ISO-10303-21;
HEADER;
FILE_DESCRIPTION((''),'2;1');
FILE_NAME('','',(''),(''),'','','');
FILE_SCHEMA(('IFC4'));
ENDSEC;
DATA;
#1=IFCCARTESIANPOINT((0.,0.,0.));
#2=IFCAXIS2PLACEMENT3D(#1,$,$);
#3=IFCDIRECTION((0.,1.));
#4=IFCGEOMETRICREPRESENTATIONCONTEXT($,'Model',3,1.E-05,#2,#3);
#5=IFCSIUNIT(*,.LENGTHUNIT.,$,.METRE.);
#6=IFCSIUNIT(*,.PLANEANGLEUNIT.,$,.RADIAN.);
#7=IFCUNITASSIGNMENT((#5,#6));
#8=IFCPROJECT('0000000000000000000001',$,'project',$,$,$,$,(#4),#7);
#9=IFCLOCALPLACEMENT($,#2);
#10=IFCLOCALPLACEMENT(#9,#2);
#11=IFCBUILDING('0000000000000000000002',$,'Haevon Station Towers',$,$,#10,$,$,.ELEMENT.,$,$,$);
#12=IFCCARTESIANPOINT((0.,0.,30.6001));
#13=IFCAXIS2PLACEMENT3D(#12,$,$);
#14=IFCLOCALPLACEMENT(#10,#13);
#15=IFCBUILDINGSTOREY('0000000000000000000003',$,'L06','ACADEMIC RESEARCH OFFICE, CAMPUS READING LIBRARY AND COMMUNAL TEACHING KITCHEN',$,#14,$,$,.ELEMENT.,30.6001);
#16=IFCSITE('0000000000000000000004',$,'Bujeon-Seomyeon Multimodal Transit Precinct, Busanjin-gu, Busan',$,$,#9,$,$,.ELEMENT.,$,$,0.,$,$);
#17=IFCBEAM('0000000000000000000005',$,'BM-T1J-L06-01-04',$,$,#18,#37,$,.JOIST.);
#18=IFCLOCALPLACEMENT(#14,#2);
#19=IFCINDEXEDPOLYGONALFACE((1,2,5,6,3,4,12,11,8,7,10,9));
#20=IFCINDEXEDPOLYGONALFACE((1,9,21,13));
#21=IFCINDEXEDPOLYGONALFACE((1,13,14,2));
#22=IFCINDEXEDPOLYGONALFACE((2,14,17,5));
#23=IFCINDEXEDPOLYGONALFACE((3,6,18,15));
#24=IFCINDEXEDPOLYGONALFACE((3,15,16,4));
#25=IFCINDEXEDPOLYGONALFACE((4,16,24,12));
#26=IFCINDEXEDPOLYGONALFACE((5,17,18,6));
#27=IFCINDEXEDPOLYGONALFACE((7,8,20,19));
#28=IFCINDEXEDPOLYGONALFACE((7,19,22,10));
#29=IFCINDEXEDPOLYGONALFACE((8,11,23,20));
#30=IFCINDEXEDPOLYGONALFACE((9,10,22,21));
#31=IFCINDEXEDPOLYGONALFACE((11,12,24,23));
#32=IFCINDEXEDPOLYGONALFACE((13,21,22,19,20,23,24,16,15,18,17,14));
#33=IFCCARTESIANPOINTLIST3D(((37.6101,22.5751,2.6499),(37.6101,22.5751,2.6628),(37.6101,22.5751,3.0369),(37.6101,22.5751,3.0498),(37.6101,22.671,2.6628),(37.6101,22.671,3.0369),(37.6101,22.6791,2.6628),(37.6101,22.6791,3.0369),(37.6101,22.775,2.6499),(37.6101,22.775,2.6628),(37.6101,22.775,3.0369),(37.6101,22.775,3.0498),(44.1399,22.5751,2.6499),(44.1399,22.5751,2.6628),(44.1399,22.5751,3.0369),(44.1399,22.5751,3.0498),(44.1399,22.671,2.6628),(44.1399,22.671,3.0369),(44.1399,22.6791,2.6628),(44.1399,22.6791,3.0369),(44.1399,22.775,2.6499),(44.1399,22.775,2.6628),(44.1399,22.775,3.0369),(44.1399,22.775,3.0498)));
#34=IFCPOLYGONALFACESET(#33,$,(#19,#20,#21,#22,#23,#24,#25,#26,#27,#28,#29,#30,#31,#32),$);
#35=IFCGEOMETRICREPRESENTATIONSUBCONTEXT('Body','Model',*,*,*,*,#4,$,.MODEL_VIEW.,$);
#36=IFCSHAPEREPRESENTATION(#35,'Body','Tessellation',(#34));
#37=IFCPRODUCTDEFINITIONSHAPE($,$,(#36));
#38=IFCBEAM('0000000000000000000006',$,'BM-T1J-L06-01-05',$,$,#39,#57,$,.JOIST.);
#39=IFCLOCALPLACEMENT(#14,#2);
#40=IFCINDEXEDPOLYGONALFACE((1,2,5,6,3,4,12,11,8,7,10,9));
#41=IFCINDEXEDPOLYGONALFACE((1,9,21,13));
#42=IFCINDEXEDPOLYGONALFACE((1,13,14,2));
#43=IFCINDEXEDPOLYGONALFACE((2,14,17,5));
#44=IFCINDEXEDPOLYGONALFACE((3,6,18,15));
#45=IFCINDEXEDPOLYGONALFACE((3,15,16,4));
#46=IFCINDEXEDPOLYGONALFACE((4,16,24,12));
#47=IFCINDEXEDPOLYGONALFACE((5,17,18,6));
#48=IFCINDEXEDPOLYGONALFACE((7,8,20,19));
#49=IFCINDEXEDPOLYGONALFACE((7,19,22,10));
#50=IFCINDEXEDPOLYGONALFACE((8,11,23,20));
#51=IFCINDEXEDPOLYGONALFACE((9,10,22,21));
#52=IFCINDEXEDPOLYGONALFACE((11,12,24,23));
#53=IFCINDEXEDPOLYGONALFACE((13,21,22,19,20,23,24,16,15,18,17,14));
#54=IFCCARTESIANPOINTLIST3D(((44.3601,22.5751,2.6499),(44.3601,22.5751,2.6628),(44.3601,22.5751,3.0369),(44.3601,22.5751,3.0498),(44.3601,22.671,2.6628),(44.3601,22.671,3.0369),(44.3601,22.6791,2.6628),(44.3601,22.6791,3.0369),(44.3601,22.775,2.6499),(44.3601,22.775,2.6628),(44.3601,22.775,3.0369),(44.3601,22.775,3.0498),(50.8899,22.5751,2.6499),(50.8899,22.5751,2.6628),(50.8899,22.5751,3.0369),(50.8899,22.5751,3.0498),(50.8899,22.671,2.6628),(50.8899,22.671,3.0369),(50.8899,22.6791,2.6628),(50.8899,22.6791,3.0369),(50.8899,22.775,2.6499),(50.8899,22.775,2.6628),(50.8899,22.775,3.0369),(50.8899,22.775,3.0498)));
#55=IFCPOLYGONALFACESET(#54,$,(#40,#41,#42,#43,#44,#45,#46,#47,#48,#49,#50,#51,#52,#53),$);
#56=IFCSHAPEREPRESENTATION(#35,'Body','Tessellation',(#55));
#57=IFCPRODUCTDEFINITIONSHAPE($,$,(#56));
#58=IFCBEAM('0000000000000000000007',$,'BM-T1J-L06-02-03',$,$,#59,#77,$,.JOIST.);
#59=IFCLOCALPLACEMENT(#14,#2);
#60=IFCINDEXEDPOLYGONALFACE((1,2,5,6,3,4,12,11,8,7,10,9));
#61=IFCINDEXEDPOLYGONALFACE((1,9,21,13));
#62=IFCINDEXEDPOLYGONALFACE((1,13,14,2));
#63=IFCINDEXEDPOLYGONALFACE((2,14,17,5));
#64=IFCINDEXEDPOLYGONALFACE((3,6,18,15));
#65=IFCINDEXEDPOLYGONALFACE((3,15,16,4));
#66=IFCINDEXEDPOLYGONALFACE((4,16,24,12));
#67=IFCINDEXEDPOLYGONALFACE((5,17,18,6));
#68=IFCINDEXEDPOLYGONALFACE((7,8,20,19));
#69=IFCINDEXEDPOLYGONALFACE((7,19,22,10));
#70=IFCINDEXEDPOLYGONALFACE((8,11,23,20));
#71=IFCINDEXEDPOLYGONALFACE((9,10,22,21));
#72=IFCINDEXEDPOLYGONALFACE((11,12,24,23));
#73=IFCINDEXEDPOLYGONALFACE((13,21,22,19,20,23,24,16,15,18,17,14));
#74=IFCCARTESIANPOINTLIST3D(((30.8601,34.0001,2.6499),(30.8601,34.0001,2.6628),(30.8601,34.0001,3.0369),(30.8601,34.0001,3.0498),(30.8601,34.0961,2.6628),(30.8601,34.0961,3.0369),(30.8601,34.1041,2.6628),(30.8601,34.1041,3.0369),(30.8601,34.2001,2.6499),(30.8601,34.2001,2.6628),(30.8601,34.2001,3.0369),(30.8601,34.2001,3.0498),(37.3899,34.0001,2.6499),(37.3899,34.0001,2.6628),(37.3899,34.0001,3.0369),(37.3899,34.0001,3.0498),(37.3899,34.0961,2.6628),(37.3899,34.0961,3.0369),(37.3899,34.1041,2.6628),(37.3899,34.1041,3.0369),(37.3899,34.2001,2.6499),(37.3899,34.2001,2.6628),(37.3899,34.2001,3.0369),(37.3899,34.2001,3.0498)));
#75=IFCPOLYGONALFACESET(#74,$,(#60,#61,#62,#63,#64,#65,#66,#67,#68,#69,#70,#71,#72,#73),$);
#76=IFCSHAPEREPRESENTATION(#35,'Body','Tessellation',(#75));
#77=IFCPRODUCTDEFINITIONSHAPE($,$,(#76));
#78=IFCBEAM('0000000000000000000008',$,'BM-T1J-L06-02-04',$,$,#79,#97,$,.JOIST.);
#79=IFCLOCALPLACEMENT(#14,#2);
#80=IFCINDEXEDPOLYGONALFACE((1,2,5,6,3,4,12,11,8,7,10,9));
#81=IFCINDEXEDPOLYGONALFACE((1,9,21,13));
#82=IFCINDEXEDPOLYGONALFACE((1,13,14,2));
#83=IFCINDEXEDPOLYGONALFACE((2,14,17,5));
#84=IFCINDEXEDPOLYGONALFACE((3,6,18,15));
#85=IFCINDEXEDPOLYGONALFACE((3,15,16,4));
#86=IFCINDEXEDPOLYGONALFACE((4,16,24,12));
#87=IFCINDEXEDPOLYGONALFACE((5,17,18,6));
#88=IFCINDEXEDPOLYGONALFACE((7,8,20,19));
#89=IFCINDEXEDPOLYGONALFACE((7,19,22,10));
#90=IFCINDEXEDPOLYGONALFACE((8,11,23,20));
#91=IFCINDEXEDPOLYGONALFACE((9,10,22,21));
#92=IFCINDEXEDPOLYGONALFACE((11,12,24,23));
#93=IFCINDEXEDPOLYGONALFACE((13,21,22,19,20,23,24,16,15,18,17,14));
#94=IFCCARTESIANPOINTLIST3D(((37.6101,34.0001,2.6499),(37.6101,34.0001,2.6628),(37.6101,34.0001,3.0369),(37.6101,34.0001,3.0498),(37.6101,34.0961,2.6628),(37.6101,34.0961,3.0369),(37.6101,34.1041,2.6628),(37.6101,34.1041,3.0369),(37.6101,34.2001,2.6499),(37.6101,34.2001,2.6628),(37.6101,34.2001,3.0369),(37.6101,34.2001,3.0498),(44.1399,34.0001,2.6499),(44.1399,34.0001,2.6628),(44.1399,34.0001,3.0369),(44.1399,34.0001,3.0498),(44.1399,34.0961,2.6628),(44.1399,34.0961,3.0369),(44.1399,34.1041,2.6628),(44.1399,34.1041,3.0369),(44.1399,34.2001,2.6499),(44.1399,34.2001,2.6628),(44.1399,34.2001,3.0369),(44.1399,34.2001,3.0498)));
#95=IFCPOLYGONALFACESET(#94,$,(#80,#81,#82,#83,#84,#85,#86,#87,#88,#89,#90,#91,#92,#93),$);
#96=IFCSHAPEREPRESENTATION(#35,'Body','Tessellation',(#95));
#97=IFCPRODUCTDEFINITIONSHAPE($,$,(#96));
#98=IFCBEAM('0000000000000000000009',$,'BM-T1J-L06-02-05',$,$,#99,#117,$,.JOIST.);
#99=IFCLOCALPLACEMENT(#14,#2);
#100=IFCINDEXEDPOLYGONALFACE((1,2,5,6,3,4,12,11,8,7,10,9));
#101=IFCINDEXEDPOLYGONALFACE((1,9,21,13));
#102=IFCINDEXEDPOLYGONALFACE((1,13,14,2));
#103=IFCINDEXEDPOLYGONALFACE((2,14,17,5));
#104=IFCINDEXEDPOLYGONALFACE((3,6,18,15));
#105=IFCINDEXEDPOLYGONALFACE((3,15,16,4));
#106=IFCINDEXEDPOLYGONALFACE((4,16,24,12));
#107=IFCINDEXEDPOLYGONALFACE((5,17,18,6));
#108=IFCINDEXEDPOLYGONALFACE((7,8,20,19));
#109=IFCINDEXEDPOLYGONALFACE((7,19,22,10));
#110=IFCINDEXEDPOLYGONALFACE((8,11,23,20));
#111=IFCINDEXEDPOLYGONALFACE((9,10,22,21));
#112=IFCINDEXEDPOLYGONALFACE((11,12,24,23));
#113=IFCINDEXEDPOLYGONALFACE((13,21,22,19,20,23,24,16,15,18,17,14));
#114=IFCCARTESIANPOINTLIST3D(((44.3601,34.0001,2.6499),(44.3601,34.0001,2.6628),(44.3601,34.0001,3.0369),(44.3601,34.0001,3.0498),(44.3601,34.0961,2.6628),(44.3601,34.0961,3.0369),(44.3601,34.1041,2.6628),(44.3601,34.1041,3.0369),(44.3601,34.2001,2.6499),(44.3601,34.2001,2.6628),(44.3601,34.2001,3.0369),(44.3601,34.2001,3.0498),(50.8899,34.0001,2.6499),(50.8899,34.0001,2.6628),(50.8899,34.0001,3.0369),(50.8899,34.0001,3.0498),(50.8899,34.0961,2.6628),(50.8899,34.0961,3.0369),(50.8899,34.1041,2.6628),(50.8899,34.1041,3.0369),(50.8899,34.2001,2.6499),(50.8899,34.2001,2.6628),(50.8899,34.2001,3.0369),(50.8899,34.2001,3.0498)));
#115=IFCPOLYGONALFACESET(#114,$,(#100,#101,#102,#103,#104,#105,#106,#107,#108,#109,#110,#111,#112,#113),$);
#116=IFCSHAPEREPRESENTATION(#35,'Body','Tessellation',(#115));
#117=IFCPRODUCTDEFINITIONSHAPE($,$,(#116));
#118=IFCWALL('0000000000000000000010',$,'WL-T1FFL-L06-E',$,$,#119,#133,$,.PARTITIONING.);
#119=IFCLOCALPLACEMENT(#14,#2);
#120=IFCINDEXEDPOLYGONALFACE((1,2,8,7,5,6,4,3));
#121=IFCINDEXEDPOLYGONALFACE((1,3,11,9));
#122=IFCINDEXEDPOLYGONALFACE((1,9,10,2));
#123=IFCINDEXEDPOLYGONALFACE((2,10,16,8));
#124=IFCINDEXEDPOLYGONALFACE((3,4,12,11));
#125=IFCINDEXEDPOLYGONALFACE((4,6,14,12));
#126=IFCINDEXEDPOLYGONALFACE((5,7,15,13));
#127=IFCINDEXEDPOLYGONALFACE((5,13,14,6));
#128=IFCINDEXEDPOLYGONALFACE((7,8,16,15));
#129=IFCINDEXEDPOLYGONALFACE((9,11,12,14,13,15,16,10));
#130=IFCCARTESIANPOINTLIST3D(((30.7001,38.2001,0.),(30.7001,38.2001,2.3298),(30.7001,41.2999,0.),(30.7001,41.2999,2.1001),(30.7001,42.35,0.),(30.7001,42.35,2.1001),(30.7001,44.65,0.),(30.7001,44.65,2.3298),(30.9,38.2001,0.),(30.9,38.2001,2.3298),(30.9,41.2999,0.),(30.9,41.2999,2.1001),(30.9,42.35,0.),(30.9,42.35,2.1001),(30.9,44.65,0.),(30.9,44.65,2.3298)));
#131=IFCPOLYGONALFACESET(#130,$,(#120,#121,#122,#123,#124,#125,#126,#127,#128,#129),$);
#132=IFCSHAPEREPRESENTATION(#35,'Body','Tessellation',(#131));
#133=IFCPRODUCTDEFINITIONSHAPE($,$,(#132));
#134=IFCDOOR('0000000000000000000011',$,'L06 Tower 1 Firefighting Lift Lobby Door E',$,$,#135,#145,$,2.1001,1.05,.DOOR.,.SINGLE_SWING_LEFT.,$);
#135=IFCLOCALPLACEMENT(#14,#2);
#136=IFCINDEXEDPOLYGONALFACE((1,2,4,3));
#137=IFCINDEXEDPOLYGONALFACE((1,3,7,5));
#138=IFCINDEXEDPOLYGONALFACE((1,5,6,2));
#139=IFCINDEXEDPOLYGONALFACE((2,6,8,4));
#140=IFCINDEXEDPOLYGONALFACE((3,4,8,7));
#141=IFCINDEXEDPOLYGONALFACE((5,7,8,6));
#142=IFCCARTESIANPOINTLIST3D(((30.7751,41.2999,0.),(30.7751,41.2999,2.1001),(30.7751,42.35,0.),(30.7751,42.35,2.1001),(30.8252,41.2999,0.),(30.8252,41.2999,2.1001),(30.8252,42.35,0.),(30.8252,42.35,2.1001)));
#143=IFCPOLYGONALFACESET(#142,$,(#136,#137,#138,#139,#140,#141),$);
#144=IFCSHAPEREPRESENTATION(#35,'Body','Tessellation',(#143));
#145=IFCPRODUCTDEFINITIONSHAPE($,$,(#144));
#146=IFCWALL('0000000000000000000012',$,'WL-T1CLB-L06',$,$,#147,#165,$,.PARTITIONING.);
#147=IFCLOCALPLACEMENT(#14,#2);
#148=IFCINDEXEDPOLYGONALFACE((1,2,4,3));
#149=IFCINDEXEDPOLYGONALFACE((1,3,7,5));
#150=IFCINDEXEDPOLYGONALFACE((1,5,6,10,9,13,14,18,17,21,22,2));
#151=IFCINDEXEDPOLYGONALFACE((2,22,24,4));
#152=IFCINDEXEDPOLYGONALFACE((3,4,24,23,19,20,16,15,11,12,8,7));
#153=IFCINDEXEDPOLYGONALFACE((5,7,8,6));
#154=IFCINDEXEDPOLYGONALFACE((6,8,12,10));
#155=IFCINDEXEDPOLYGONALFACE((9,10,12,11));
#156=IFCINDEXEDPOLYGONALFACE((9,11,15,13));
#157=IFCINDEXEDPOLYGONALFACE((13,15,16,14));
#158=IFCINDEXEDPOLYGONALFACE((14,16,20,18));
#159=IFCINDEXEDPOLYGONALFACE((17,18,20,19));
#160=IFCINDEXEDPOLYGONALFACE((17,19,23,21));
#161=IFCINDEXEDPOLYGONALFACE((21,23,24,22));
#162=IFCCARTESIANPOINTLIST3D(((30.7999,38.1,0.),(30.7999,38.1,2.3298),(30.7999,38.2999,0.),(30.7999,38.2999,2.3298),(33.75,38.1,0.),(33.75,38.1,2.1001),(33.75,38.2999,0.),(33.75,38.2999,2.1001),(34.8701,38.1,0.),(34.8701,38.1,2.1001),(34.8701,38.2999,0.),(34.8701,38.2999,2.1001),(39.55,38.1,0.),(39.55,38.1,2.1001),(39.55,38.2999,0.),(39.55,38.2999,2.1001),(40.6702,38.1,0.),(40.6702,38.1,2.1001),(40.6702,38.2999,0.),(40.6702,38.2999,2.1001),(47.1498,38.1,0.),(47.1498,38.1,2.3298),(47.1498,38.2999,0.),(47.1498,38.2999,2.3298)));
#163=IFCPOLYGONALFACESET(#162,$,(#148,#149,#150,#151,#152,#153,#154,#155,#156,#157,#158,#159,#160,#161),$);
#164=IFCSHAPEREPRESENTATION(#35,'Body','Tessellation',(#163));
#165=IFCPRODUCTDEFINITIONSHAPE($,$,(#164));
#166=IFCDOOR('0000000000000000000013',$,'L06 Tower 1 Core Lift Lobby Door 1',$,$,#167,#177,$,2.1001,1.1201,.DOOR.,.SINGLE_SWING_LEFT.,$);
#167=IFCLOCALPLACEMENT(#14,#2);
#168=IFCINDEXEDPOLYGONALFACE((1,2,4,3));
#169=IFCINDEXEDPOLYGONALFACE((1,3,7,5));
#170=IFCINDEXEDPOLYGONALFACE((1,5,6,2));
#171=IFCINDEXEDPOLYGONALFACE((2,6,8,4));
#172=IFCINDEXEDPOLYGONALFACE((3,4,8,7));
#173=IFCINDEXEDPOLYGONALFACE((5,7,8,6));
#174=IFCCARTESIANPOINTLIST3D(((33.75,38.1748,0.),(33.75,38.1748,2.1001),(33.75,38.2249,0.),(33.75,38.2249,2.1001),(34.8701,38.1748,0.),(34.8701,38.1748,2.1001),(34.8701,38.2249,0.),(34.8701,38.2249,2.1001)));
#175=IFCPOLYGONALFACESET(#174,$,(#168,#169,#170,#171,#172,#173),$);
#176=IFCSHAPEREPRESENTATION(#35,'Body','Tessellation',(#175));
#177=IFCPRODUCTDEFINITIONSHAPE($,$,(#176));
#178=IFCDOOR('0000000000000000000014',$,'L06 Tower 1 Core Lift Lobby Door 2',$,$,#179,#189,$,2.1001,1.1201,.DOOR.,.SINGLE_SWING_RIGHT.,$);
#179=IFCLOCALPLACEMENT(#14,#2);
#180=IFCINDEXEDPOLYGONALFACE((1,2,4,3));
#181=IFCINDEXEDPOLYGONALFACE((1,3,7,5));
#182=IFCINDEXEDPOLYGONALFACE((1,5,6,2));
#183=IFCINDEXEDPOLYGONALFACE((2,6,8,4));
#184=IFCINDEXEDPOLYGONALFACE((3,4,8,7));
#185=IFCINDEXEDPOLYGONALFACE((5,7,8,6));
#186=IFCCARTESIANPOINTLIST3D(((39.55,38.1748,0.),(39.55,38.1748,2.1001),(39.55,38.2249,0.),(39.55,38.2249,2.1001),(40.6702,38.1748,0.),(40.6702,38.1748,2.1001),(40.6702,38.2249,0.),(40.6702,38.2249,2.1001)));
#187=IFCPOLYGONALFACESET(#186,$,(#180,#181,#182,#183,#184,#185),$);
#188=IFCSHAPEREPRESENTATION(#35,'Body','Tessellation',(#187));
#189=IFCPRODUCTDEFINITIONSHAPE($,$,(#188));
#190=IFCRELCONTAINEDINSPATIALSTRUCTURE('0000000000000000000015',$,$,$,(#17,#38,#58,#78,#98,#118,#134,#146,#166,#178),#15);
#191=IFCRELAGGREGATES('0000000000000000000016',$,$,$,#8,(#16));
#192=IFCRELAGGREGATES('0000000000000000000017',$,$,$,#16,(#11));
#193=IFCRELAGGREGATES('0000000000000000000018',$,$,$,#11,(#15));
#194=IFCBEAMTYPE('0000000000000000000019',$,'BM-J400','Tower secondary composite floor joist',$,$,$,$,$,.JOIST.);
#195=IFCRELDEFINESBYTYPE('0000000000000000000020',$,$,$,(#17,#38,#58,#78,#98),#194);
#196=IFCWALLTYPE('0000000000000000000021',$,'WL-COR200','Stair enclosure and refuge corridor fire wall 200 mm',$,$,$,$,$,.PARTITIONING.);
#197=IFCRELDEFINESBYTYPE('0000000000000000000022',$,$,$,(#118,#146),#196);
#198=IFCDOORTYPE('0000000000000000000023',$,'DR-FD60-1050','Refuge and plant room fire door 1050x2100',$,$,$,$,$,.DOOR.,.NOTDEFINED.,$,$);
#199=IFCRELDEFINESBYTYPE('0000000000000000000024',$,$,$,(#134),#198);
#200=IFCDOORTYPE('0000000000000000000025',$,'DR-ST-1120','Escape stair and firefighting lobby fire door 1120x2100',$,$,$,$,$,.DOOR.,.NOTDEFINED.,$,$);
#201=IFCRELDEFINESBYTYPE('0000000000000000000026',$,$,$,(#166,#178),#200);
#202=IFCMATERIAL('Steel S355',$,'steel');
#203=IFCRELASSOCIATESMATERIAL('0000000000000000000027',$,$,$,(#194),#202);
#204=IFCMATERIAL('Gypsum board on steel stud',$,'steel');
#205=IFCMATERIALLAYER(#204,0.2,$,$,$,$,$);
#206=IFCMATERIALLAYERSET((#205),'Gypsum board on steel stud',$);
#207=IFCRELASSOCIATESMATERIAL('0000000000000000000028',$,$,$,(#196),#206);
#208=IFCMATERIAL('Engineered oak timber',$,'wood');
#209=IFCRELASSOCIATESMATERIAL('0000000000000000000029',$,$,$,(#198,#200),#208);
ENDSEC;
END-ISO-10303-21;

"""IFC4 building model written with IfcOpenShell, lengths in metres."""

from ifc_helpers import new_model, si_unit, direction, frame, frame_2d, origin, origin_2d, place, context, subcontext, project, spatial, rectangle, i_section, extrude, material, layer, layer_set, material_profile, profile_set, type_object, element, fill, save


model = new_model("IFC4")

# Units and contexts
model_context = context("Model", 3, precision=1e-05, world=origin(), true_north=direction((0.0, 1.0)))
body_context = subcontext(model_context, "Body", "Model", "MODEL_VIEW")
ifc_project = project(units=[si_unit("LENGTHUNIT", "METRE"), si_unit("PLANEANGLEUNIT", "RADIAN")], contexts=[model_context])

# Site, building, storey
site_placement = place(None, origin())
site = spatial("IfcSite", under=ifc_project, at=site_placement, Name="Bujeon-Seomyeon Multimodal Transit Precinct, Busanjin-gu, Busan", CompositionType="ELEMENT", RefElevation=0.0)
building_placement = place(site_placement, origin())
building = spatial("IfcBuilding", under=site, at=building_placement, Name="Haevon Station Towers", CompositionType="ELEMENT")
storey_placement = place(building_placement, frame((0.0, 0.0, 30.6001)))
storey = spatial("IfcBuildingStorey", under=building, at=storey_placement, Name="L06", Description="ACADEMIC RESEARCH OFFICE, CAMPUS READING LIBRARY AND COMMUNAL TEACHING KITCHEN", CompositionType="ELEMENT", Elevation=30.6001)

# Beams
ifc_material_1 = material(Name="Steel S355", Category="steel")
ifc_material_profile_1 = material_profile(ifc_material_1, i_section(OverallWidth=0.2, OverallDepth=0.3999, WebThickness=0.0081, FlangeThickness=0.0129, at=origin_2d()), Name="H-400x200x8x13")
ifc_profile_set_1 = profile_set([ifc_material_profile_1], Name="Steel S355")
beam_type_1 = type_object("IfcBeamType", Name="BM-J400", Description="Tower secondary composite floor joist", PredefinedType="JOIST", material=ifc_profile_set_1)
for number, where, z_axis, x_axis, name in (
    (1, (37.6101, 22.675, 2.8499), (1.0, 0.0, 0.0), (0.0, 1.0, 0.0), "BM-T1J-L06-01-04"),
    (2, (44.3601, 22.675, 2.8499), (1.0, 0.0, 0.0), (0.0, 1.0, 0.0), "BM-T1J-L06-01-05"),
    (3, (30.8601, 34.1001, 2.8499), (1.0, 0.0, 0.0), (0.0, 1.0, 0.0), "BM-T1J-L06-02-03"),
    (4, (37.6101, 34.1001, 2.8499), (1.0, 0.0, 0.0), (0.0, 1.0, 0.0), "BM-T1J-L06-02-04"),
    (5, (44.3601, 34.1001, 2.8499), (1.0, 0.0, 0.0), (0.0, 1.0, 0.0), "BM-T1J-L06-02-05"),
):
    element("IfcBeam", number, at=place(storey_placement, frame(where, z_axis=z_axis, x_axis=x_axis)), inside=storey, type_object=beam_type_1, Name=name, PredefinedType="JOIST", context=body_context, shape_type="SweptSolid", body=[
        extrude(i_section(OverallWidth=0.2, OverallDepth=0.3999, WebThickness=0.0081, FlangeThickness=0.0129, at=origin_2d()), origin(), (0.0, 0.0, 1.0), 6.5298),
    ])

# Wall, opening, door
ifc_material_2 = material(Name="Gypsum board on steel stud", Category="steel")
ifc_layer_1 = layer(ifc_material_2, 0.2)
ifc_layer_set_1 = layer_set([ifc_layer_1], Name="Gypsum board on steel stud")
wall_type_1 = type_object("IfcWallType", Name="WL-COR200", Description="Stair enclosure and refuge corridor fire wall 200 mm", PredefinedType="PARTITIONING", material=ifc_layer_set_1)
wall_1_placement = place(storey_placement, frame((30.8, 38.2, 0.0), z_axis=(0.0, 0.0, 1.0), x_axis=(0.0, 1.0, 0.0)))
wall_1 = element("IfcWall", 6, at=wall_1_placement, inside=storey, type_object=wall_type_1, Name="WL-T1FFL-L06-E", PredefinedType="PARTITIONING", context=body_context, shape_type="SweptSolid", body=[
    extrude(rectangle(XDim=6.45, YDim=0.2, at=frame_2d((3.2251, 0.0))), origin(), (0.0, 0.0, 1.0), 2.3298),
])
opening_1_placement = place(wall_1_placement, frame((3.1001, 0.0, 0.0)))
opening_1 = element("IfcOpeningElement", 7, at=opening_1_placement, cuts=wall_1, PredefinedType="OPENING", context=body_context, shape_type="SweptSolid", body=[
    extrude(rectangle(XDim=1.05, YDim=2.1001, at=frame_2d((0.5249, 1.05))), frame((0.0, 0.1099, 0.0), z_axis=(0.0, -1.0, 0.0), x_axis=(1.0, 0.0, 0.0)), (0.0, 0.0, 1.0), 0.22),
])
ifc_material_3 = material(Name="Engineered oak timber", Category="wood")
door_type_1 = type_object("IfcDoorType", Name="DR-FD60-1050", Description="Refuge and plant room fire door 1050x2100", OperationType="NOTDEFINED", PredefinedType="DOOR", material=ifc_material_3)
door_1_placement = place(opening_1_placement, origin())
door_1 = element("IfcDoor", 8, at=door_1_placement, inside=storey, type_object=door_type_1, Name="L06 Tower 1 Firefighting Lift Lobby Door E", OperationType="SINGLE_SWING_LEFT", OverallHeight=2.1001, OverallWidth=1.05, PredefinedType="DOOR", context=body_context, shape_type="SweptSolid", body=[
    extrude(rectangle(XDim=1.05, YDim=2.1001, at=frame_2d((0.5249, 1.05))), frame((0.0, 0.0249, 0.0), z_axis=(0.0, -1.0, 0.0), x_axis=(1.0, 0.0, 0.0)), (0.0, 0.0, 1.0), 0.05),
])
fill(opening_1, door_1)

# Wall, openings, doors
wall_2_placement = place(storey_placement, frame((30.8, 38.2, 0.0), z_axis=(0.0, 0.0, 1.0), x_axis=(1.0, 0.0, 0.0)))
wall_2 = element("IfcWall", 9, at=wall_2_placement, inside=storey, type_object=wall_type_1, Name="WL-T1CLB-L06", PredefinedType="PARTITIONING", context=body_context, shape_type="SweptSolid", body=[
    extrude(rectangle(XDim=16.3499, YDim=0.2, at=frame_2d((8.1748, 0.0))), origin(), (0.0, 0.0, 1.0), 2.3298),
])
opening_2_placement = place(wall_2_placement, frame((2.95, 0.0, 0.0)))
opening_2 = element("IfcOpeningElement", 10, at=opening_2_placement, cuts=wall_2, PredefinedType="OPENING", context=body_context, shape_type="SweptSolid", body=[
    extrude(rectangle(XDim=1.1201, YDim=2.1001, at=frame_2d((0.5601, 1.05))), frame((0.0, 0.1099, 0.0), z_axis=(0.0, -1.0, 0.0), x_axis=(1.0, 0.0, 0.0)), (0.0, 0.0, 1.0), 0.22),
])
opening_3_placement = place(wall_2_placement, frame((8.75, 0.0, 0.0)))
opening_3 = element("IfcOpeningElement", 11, at=opening_3_placement, cuts=wall_2, PredefinedType="OPENING", context=body_context, shape_type="SweptSolid", body=[
    extrude(rectangle(XDim=1.1201, YDim=2.1001, at=frame_2d((0.5601, 1.05))), frame((0.0, 0.1099, 0.0), z_axis=(0.0, -1.0, 0.0), x_axis=(1.0, 0.0, 0.0)), (0.0, 0.0, 1.0), 0.22),
])
door_type_2 = type_object("IfcDoorType", Name="DR-ST-1120", Description="Escape stair and firefighting lobby fire door 1120x2100", OperationType="NOTDEFINED", PredefinedType="DOOR", material=ifc_material_3)
door_2_placement = place(opening_2_placement, origin())
door_2 = element("IfcDoor", 12, at=door_2_placement, inside=storey, type_object=door_type_2, Name="L06 Tower 1 Core Lift Lobby Door 1", OperationType="SINGLE_SWING_LEFT", OverallHeight=2.1001, OverallWidth=1.1201, PredefinedType="DOOR", context=body_context, shape_type="SweptSolid", body=[
    extrude(rectangle(XDim=1.1201, YDim=2.1001, at=frame_2d((0.5601, 1.05))), frame((0.0, 0.0249, 0.0), z_axis=(0.0, -1.0, 0.0), x_axis=(1.0, 0.0, 0.0)), (0.0, 0.0, 1.0), 0.05),
])
fill(opening_2, door_2)
door_3_placement = place(opening_3_placement, origin())
door_3 = element("IfcDoor", 13, at=door_3_placement, inside=storey, type_object=door_type_2, Name="L06 Tower 1 Core Lift Lobby Door 2", OperationType="SINGLE_SWING_RIGHT", OverallHeight=2.1001, OverallWidth=1.1201, PredefinedType="DOOR", context=body_context, shape_type="SweptSolid", body=[
    extrude(rectangle(XDim=1.1201, YDim=2.1001, at=frame_2d((0.5601, 1.05))), frame((0.0, 0.0249, 0.0), z_axis=(0.0, -1.0, 0.0), x_axis=(1.0, 0.0, 0.0)), (0.0, 0.0, 1.0), 0.05),
])
fill(opening_3, door_3)

save(model, "model.ifc")
